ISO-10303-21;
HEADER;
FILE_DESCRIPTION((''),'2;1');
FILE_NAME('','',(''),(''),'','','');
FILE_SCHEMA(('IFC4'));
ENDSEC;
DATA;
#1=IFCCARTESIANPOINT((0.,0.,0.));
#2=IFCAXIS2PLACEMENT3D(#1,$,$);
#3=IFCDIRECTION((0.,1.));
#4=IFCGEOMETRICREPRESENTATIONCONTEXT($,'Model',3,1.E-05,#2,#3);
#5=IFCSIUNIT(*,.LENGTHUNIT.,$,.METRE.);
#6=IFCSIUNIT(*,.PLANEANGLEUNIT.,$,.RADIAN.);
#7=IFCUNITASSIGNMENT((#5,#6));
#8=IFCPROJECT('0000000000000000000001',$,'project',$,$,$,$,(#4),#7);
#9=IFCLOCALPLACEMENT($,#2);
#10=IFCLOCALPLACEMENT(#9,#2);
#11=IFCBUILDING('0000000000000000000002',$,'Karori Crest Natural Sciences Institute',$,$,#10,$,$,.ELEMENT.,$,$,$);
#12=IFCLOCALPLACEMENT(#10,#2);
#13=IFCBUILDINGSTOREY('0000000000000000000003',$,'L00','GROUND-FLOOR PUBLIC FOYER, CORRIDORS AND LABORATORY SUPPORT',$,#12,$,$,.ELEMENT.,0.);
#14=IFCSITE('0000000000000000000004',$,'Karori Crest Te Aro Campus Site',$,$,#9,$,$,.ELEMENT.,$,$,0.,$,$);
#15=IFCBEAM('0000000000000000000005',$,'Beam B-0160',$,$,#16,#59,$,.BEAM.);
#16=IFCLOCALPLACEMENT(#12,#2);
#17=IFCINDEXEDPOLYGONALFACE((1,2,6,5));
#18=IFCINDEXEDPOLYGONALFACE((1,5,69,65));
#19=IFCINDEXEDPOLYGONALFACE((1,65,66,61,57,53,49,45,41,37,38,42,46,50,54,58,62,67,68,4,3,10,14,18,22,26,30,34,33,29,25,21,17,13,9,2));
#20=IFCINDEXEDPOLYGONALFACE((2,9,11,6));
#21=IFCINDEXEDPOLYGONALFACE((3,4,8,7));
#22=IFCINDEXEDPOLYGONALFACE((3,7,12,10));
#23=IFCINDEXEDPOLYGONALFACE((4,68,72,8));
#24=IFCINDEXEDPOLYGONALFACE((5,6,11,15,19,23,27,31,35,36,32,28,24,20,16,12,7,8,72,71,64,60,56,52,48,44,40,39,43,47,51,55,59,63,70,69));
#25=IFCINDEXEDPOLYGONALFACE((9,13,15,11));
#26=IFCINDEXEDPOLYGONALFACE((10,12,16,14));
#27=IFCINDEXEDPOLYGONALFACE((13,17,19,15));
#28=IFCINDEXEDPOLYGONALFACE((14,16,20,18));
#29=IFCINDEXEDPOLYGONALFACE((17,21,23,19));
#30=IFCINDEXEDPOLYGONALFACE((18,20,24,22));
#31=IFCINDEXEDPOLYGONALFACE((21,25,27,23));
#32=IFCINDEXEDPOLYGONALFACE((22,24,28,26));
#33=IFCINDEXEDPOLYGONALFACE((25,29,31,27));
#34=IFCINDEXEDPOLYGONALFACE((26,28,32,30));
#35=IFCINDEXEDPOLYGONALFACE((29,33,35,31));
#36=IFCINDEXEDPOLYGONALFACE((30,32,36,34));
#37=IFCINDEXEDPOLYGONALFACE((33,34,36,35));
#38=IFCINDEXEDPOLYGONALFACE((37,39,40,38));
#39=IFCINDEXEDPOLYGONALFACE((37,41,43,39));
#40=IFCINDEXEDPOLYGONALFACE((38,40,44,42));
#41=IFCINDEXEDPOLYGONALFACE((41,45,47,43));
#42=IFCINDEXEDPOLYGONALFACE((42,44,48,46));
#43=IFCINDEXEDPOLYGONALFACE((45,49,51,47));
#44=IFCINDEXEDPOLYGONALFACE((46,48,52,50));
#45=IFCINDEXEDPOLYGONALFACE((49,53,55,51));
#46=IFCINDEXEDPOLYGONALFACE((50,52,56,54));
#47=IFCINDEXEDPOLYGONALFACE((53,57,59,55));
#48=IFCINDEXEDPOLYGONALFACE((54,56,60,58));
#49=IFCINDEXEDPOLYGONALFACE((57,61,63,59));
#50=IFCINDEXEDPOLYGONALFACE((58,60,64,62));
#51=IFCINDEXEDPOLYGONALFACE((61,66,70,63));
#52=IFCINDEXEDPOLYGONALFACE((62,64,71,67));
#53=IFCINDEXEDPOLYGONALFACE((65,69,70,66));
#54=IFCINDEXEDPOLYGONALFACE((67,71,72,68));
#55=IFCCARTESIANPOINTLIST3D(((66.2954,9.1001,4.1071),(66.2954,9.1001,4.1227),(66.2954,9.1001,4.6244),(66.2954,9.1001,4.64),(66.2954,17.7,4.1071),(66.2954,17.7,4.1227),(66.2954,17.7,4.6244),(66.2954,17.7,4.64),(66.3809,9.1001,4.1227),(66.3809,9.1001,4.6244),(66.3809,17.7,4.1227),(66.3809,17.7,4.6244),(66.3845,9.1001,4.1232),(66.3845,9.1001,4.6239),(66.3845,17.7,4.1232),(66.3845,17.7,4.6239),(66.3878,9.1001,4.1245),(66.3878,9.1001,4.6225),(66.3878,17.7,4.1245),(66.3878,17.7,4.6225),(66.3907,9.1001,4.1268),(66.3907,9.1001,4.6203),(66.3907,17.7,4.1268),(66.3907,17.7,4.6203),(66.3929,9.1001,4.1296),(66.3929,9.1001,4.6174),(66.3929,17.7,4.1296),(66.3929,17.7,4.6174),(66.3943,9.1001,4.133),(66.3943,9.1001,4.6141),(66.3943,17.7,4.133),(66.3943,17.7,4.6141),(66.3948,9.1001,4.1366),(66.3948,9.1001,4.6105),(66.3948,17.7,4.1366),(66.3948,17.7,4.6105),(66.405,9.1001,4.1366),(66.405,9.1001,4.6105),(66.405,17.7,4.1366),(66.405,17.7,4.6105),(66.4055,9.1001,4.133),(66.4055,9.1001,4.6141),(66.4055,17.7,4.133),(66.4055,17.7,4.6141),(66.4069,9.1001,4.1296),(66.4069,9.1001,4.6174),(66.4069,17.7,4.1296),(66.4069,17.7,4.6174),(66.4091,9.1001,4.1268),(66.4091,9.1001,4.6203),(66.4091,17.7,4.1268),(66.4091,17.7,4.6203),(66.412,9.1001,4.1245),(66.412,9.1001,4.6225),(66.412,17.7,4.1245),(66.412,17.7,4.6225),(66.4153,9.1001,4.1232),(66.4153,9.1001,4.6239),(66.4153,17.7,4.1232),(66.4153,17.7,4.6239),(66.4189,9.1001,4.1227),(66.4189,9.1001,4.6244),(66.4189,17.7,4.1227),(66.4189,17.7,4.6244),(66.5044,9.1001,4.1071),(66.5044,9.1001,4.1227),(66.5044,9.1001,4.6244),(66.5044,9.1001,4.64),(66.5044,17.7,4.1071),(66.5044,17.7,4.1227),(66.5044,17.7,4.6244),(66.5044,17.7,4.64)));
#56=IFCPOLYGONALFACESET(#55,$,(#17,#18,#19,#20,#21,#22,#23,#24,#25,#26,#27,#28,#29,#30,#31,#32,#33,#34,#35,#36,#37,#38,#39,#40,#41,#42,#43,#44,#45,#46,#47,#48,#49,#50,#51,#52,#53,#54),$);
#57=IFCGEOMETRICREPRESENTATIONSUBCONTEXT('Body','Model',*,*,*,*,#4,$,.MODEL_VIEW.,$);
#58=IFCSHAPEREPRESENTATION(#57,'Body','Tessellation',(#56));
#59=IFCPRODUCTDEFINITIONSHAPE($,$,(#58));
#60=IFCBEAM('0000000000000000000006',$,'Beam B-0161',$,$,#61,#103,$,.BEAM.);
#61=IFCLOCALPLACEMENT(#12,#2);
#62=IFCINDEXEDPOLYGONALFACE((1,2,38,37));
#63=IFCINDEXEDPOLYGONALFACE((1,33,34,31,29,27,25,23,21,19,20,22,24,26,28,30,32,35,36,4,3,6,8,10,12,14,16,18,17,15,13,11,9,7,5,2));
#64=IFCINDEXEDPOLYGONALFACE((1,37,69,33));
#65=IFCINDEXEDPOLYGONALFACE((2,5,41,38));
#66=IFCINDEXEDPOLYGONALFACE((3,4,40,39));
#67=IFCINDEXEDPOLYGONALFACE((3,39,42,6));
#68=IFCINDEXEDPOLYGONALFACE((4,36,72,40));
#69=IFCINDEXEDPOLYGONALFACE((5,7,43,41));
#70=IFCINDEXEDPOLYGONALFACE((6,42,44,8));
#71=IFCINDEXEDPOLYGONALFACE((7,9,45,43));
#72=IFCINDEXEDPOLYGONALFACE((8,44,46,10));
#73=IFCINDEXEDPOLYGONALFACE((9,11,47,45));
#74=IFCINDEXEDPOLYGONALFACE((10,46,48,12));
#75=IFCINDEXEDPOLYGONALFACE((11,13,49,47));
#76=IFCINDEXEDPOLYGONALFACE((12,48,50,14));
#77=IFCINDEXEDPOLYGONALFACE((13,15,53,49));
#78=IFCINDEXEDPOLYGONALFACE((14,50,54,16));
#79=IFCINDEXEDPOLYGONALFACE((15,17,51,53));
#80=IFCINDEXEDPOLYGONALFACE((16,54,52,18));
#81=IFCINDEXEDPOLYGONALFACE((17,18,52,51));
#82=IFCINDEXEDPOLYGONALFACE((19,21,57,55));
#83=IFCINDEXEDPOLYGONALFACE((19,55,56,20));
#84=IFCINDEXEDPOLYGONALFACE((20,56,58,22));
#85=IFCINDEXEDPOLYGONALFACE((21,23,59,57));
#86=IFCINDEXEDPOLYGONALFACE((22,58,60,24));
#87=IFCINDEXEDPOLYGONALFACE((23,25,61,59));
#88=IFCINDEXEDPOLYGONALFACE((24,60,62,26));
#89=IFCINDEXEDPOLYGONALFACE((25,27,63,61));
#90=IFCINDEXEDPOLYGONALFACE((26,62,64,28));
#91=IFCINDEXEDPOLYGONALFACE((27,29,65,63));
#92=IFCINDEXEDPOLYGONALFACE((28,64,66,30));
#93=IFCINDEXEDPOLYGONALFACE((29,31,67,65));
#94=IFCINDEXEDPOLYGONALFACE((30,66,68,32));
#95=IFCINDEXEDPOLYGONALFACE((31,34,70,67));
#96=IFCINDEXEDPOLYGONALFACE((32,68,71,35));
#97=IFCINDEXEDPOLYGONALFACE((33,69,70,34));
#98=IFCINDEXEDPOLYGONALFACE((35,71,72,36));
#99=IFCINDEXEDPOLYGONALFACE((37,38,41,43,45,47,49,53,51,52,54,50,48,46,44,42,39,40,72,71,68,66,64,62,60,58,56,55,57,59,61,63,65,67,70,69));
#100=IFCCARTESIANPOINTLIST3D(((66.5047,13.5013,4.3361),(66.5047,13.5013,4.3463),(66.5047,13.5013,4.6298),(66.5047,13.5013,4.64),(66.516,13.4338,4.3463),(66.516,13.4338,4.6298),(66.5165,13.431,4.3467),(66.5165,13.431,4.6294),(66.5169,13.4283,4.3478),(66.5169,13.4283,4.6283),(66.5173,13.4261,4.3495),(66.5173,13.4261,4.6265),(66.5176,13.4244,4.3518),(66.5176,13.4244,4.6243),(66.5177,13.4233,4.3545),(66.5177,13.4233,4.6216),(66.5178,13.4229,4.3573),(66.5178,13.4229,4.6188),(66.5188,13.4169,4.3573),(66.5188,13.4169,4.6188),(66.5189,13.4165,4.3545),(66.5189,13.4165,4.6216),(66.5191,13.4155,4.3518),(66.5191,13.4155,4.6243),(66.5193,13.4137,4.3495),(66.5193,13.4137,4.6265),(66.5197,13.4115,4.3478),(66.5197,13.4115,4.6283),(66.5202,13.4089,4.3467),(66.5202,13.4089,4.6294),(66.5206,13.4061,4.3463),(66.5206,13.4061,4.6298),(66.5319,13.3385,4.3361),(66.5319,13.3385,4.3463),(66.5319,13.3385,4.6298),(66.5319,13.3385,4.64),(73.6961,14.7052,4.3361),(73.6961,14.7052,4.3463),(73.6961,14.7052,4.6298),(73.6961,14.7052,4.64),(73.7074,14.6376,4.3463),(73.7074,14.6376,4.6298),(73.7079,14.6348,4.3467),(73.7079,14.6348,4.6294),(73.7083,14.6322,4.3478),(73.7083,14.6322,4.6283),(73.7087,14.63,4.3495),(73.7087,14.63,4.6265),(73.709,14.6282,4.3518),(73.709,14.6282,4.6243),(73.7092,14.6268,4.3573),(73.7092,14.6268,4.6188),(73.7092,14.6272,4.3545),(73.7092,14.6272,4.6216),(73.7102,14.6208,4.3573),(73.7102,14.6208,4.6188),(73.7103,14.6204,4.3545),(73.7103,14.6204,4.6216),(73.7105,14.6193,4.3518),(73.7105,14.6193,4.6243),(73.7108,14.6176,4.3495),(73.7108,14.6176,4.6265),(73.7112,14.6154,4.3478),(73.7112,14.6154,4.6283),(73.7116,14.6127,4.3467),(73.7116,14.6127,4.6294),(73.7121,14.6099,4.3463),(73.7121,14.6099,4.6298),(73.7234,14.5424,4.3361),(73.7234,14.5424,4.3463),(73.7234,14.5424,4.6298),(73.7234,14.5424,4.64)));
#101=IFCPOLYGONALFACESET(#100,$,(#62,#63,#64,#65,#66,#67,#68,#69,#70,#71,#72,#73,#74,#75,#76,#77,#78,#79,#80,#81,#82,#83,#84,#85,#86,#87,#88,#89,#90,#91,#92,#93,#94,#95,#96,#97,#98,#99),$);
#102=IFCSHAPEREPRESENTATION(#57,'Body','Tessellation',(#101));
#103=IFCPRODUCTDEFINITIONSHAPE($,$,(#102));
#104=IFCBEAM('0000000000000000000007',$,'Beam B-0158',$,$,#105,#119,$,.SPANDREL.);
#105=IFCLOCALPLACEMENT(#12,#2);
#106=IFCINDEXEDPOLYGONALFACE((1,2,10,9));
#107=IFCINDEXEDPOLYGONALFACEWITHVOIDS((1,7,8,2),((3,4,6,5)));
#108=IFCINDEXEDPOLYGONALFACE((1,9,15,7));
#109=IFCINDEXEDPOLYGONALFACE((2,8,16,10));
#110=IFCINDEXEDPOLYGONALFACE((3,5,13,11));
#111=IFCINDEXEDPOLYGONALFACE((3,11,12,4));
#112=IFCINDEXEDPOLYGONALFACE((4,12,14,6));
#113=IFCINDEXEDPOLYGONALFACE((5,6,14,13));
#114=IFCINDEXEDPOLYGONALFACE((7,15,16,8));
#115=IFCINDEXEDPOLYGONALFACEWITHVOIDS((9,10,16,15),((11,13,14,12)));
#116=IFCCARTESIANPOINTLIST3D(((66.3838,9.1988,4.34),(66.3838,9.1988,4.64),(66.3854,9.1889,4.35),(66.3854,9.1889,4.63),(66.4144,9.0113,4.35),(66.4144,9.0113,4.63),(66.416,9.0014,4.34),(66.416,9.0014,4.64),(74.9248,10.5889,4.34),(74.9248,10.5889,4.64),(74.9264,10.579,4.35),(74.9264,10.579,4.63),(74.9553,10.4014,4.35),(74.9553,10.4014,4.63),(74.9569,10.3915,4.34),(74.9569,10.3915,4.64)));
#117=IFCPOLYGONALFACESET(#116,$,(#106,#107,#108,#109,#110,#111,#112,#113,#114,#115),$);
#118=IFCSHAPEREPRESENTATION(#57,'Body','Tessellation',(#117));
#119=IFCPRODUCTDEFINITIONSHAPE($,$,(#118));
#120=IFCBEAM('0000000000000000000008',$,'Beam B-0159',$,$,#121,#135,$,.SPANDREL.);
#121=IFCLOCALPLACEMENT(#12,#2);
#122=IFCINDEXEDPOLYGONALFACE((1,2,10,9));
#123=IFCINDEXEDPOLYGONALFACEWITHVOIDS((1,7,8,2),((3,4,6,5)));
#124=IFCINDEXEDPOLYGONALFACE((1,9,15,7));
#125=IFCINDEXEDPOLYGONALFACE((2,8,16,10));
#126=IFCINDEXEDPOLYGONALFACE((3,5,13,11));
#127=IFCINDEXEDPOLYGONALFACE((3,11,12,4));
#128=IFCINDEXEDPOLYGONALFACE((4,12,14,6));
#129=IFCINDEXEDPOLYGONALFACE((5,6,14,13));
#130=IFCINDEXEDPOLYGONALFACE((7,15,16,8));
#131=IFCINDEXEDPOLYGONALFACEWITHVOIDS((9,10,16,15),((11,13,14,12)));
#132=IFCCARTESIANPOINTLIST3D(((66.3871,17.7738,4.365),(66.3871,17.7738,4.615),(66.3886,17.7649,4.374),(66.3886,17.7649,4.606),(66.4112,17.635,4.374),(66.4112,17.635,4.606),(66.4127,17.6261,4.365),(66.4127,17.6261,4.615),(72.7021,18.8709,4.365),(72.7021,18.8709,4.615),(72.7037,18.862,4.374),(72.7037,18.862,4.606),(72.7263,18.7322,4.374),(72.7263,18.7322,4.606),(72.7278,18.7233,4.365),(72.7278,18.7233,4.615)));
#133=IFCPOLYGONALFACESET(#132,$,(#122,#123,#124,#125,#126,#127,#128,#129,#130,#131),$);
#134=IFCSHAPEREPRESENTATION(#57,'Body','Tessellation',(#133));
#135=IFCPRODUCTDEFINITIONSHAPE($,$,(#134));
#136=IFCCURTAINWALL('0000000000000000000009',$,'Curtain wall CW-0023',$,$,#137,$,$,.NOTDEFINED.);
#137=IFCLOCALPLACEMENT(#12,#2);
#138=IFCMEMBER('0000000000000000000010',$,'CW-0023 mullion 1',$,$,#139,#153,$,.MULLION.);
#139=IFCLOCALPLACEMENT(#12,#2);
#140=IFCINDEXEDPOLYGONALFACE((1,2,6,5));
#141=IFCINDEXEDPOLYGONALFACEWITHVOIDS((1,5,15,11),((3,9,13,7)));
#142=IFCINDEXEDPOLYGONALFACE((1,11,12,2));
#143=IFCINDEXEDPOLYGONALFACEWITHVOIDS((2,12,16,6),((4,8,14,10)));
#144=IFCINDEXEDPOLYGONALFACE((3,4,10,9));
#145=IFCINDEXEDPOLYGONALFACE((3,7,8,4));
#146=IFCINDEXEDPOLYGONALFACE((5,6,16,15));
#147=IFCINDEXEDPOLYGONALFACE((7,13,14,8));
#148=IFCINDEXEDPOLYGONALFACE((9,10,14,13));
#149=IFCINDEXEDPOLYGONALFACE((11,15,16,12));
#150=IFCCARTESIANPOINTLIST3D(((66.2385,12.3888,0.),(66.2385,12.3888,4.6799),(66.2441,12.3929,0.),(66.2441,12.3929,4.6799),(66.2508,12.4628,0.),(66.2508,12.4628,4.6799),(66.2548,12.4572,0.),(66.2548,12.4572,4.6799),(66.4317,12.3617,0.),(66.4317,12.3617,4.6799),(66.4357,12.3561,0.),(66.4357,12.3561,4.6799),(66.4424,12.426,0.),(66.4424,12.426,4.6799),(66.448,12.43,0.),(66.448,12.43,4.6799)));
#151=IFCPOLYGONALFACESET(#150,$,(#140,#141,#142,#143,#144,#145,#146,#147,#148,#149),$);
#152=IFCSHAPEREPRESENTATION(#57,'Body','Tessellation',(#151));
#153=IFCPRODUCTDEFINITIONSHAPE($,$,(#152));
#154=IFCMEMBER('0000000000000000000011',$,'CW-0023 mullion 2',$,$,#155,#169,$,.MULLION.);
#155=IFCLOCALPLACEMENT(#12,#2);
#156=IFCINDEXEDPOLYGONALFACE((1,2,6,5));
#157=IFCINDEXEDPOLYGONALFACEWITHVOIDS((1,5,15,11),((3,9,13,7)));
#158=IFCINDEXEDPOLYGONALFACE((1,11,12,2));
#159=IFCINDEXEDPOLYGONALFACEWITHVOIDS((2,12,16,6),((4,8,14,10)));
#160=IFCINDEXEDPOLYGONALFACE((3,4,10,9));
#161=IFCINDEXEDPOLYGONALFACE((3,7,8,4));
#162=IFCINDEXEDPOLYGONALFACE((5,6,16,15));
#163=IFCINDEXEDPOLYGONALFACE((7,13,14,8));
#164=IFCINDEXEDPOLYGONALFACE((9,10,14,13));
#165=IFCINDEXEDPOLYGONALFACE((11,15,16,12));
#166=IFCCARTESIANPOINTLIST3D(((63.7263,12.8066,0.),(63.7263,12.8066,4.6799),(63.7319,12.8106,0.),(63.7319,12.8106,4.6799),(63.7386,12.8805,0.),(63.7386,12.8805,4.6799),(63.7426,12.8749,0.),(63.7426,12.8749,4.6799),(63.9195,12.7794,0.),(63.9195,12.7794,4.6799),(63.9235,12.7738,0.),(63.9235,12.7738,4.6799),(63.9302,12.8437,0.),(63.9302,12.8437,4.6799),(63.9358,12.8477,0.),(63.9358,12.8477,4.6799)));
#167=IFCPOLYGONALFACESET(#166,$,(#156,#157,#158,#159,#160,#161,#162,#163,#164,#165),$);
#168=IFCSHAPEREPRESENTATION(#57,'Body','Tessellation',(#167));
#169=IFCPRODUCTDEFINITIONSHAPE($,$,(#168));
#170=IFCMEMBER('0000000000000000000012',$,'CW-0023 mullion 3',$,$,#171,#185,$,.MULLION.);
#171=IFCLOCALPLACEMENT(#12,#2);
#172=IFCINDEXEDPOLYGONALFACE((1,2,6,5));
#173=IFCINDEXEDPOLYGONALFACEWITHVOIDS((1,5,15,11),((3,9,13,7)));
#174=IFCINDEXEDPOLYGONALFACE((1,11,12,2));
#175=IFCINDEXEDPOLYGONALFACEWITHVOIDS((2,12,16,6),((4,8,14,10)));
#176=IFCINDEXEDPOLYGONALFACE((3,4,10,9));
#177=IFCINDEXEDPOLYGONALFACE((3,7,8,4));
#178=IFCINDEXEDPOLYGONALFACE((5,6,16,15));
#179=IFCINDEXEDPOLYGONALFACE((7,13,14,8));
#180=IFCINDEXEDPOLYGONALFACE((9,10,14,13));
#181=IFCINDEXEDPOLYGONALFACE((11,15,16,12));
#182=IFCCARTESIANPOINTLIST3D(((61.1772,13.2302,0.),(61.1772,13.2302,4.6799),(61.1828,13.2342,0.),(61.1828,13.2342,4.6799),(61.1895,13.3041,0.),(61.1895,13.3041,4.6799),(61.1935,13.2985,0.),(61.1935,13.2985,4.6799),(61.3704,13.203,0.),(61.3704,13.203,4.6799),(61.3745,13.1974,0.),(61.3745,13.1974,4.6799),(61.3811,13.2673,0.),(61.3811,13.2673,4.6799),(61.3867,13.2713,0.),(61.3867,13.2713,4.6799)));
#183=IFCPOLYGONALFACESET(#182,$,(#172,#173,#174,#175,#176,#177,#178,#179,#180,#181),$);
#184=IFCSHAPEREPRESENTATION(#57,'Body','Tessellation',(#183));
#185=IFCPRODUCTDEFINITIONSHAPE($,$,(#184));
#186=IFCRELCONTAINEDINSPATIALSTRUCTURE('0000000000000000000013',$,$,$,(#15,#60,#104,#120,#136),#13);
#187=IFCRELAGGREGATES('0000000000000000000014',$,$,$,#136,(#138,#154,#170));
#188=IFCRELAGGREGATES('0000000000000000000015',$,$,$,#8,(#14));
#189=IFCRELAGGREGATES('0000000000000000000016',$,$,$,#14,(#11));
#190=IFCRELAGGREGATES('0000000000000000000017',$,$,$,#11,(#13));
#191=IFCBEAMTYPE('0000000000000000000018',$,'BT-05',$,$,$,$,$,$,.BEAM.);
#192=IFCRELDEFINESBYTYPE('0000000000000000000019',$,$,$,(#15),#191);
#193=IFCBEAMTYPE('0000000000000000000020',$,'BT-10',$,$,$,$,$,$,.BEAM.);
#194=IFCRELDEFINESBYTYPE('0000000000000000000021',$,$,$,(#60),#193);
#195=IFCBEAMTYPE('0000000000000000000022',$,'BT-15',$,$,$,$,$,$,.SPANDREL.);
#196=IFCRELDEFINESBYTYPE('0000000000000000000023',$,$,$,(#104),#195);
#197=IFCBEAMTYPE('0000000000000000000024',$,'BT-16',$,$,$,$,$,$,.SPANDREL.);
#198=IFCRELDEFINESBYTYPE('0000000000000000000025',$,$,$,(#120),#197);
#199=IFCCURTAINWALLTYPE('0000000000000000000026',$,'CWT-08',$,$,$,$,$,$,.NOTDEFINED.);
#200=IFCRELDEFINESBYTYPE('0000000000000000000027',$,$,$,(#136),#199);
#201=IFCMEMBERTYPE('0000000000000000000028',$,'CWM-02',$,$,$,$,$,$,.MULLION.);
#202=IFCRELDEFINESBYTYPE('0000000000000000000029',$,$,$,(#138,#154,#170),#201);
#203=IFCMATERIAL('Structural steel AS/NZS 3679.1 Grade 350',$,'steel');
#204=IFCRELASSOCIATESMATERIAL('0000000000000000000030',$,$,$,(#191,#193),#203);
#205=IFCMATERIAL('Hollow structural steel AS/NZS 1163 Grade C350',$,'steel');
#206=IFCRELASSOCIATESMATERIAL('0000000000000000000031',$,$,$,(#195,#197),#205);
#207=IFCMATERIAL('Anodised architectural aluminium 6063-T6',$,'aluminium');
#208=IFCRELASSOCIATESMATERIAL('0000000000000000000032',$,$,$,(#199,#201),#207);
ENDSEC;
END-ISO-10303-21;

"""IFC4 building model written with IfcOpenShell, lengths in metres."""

from ifc_helpers import new_model, si_unit, direction, frame, origin, origin_2d, place, context, subcontext, project, spatial, hollow_rectangle, i_section, extrude, material, material_profile, profile_set, type_object, element, aggregate, save


model = new_model("IFC4")

# Units and contexts
model_context = context("Model", 3, precision=1e-05, world=origin(), true_north=direction((0.0, 1.0)))
body_context = subcontext(model_context, "Body", "Model", "MODEL_VIEW")
ifc_project = project(units=[si_unit("LENGTHUNIT", "METRE"), si_unit("PLANEANGLEUNIT", "RADIAN")], contexts=[model_context])

# Site, building, storey
site_placement = place(None, origin())
site = spatial("IfcSite", under=ifc_project, at=site_placement, Name="Karori Crest Te Aro Campus Site", CompositionType="ELEMENT", RefElevation=0.0)
building_placement = place(site_placement, origin())
building = spatial("IfcBuilding", under=site, at=building_placement, Name="Karori Crest Natural Sciences Institute", CompositionType="ELEMENT")
storey_placement = place(building_placement, origin())
storey = spatial("IfcBuildingStorey", under=building, at=storey_placement, Name="L00", Description="GROUND-FLOOR PUBLIC FOYER, CORRIDORS AND LABORATORY SUPPORT", CompositionType="ELEMENT", Elevation=0.0)

# Shared definitions
ifc_material_1 = material(Name="Structural steel AS/NZS 3679.1 Grade 350", Category="steel")
ifc_material_2 = material(Name="Hollow structural steel AS/NZS 1163 Grade C350", Category="steel")

# Beams
ifc_material_profile_1 = material_profile(ifc_material_1, i_section(OverallWidth=0.209, OverallDepth=0.533, WebThickness=0.0103, FlangeThickness=0.0156, FilletRadius=0.0139, at=origin_2d()), Name="530UB92.4")
ifc_profile_set_1 = profile_set([ifc_material_profile_1], Name="Structural steel AS/NZS 3679.1 Grade 350")
beam_type_1 = type_object("IfcBeamType", Name="BT-05", PredefinedType="BEAM", material=ifc_profile_set_1)
beam_1_placement = place(storey_placement, frame((66.3999, 17.7, 4.3735), z_axis=(0.0, -1.0, 0.0), x_axis=(1.0, 0.0, 0.0)))
element("IfcBeam", 1, at=beam_1_placement, inside=storey, type_object=beam_type_1, Name="Beam B-0160", PredefinedType="BEAM", context=body_context, shape_type="SweptSolid", body=[
    extrude(i_section(OverallWidth=0.209, OverallDepth=0.533, WebThickness=0.0103, FlangeThickness=0.0156, FilletRadius=0.0139, at=origin_2d()), origin(), (0.0, 0.0, 1.0), 8.5999),
])
ifc_material_profile_2 = material_profile(ifc_material_1, i_section(OverallWidth=0.165, OverallDepth=0.304, WebThickness=0.0061, FlangeThickness=0.0103, FilletRadius=0.011, at=origin_2d()), Name="310UB40.4")
ifc_profile_set_2 = profile_set([ifc_material_profile_2], Name="Structural steel AS/NZS 3679.1 Grade 350")
beam_type_2 = type_object("IfcBeamType", Name="BT-10", PredefinedType="BEAM", material=ifc_profile_set_2)
beam_2_placement = place(storey_placement, frame((66.5183, 13.4199, 4.488), z_axis=(0.986276, 0.165105, 0.0), x_axis=(-0.165105, 0.986276, 0.0)))
element("IfcBeam", 2, at=beam_2_placement, inside=storey, type_object=beam_type_2, Name="Beam B-0161", PredefinedType="BEAM", context=body_context, shape_type="SweptSolid", body=[
    extrude(i_section(OverallWidth=0.165, OverallDepth=0.304, WebThickness=0.0061, FlangeThickness=0.0103, FilletRadius=0.011, at=origin_2d()), origin(), (0.0, 0.0, 1.0), 7.2915),
])
ifc_material_profile_3 = material_profile(ifc_material_2, hollow_rectangle(XDim=0.2, YDim=0.3, WallThickness=0.01, at=origin_2d()), Name="RHS300x200x10")
ifc_profile_set_3 = profile_set([ifc_material_profile_3], Name="Hollow structural steel AS/NZS 1163 Grade C350")
beam_type_3 = type_object("IfcBeamType", Name="BT-15", PredefinedType="SPANDREL", material=ifc_profile_set_3)
beam_3_placement = place(storey_placement, frame((66.3999, 9.1001, 4.49), z_axis=(0.987012, 0.160646, 0.0), x_axis=(-0.160646, 0.987012, 0.0)))
element("IfcBeam", 3, at=beam_3_placement, inside=storey, type_object=beam_type_3, Name="Beam B-0158", PredefinedType="SPANDREL", context=body_context, shape_type="SweptSolid", body=[
    extrude(hollow_rectangle(XDim=0.2, YDim=0.3, WallThickness=0.01, at=origin_2d()), origin(), (0.0, 0.0, 1.0), 8.6533),
])
ifc_material_profile_4 = material_profile(ifc_material_2, hollow_rectangle(XDim=0.1499, YDim=0.25, WallThickness=0.009, at=origin_2d()), Name="RHS250x150x9")
ifc_profile_set_4 = profile_set([ifc_material_profile_4], Name="Hollow structural steel AS/NZS 1163 Grade C350")
beam_type_4 = type_object("IfcBeamType", Name="BT-16", PredefinedType="SPANDREL", material=ifc_profile_set_4)
beam_4_placement = place(storey_placement, frame((66.3999, 17.7, 4.49), z_axis=(0.985241, 0.171171, 0.0), x_axis=(-0.171171, 0.985241, 0.0)))
element("IfcBeam", 4, at=beam_4_placement, inside=storey, type_object=beam_type_4, Name="Beam B-0159", PredefinedType="SPANDREL", context=body_context, shape_type="SweptSolid", body=[
    extrude(hollow_rectangle(XDim=0.1499, YDim=0.25, WallThickness=0.009, at=origin_2d()), origin(), (0.0, 0.0, 1.0), 6.4097),
])

# Curtain wall, members
ifc_material_3 = material(Name="Anodised architectural aluminium 6063-T6", Category="aluminium")
curtain_wall_type = type_object("IfcCurtainWallType", Name="CWT-08", PredefinedType="NOTDEFINED", material=ifc_material_3)
curtain_wall_placement = place(storey_placement, origin())
curtain_wall = element("IfcCurtainWall", 5, at=curtain_wall_placement, inside=storey, type_object=curtain_wall_type, Name="Curtain wall CW-0023", PredefinedType="NOTDEFINED")
ifc_material_profile_5 = material_profile(ifc_material_3, hollow_rectangle(XDim=0.075, YDim=0.2, WallThickness=0.0049, at=origin_2d()), Name="CWM200x75x5")
ifc_profile_set_5 = profile_set([ifc_material_profile_5], Name="Anodised architectural aluminium 6063-T6")
member_type_1 = type_object("IfcMemberType", Name="CWM-02", PredefinedType="MULLION", material=ifc_profile_set_5)
member_1_placement = place(storey_placement, frame((66.3433, 12.4094, 0.0), z_axis=(0.0, 0.0, 1.0), x_axis=(-0.163974, -0.986465, 0.0)))
member_1 = element("IfcMember", 6, at=member_1_placement, type_object=member_type_1, Name="CW-0023 mullion 1", PredefinedType="MULLION", context=body_context, shape_type="SweptSolid", body=[
    extrude(hollow_rectangle(XDim=0.075, YDim=0.2, WallThickness=0.0049, at=origin_2d()), origin(), (0.0, 0.0, 1.0), 4.6799),
])
member_2_placement = place(storey_placement, frame((63.8311, 12.8271, 0.0), z_axis=(0.0, 0.0, 1.0), x_axis=(-0.163974, -0.986465, 0.0)))
member_2 = element("IfcMember", 7, at=member_2_placement, type_object=member_type_1, Name="CW-0023 mullion 2", PredefinedType="MULLION", context=body_context, shape_type="SweptSolid", body=[
    extrude(hollow_rectangle(XDim=0.075, YDim=0.2, WallThickness=0.0049, at=origin_2d()), origin(), (0.0, 0.0, 1.0), 4.6799),
])
member_3_placement = place(storey_placement, frame((61.282, 13.2507, 0.0), z_axis=(0.0, 0.0, 1.0), x_axis=(-0.163974, -0.986465, 0.0)))
member_3 = element("IfcMember", 8, at=member_3_placement, type_object=member_type_1, Name="CW-0023 mullion 3", PredefinedType="MULLION", context=body_context, shape_type="SweptSolid", body=[
    extrude(hollow_rectangle(XDim=0.075, YDim=0.2, WallThickness=0.0049, at=origin_2d()), origin(), (0.0, 0.0, 1.0), 4.6799),
])
aggregate(curtain_wall, [member_1, member_2, member_3])

save(model, "model.ifc")
